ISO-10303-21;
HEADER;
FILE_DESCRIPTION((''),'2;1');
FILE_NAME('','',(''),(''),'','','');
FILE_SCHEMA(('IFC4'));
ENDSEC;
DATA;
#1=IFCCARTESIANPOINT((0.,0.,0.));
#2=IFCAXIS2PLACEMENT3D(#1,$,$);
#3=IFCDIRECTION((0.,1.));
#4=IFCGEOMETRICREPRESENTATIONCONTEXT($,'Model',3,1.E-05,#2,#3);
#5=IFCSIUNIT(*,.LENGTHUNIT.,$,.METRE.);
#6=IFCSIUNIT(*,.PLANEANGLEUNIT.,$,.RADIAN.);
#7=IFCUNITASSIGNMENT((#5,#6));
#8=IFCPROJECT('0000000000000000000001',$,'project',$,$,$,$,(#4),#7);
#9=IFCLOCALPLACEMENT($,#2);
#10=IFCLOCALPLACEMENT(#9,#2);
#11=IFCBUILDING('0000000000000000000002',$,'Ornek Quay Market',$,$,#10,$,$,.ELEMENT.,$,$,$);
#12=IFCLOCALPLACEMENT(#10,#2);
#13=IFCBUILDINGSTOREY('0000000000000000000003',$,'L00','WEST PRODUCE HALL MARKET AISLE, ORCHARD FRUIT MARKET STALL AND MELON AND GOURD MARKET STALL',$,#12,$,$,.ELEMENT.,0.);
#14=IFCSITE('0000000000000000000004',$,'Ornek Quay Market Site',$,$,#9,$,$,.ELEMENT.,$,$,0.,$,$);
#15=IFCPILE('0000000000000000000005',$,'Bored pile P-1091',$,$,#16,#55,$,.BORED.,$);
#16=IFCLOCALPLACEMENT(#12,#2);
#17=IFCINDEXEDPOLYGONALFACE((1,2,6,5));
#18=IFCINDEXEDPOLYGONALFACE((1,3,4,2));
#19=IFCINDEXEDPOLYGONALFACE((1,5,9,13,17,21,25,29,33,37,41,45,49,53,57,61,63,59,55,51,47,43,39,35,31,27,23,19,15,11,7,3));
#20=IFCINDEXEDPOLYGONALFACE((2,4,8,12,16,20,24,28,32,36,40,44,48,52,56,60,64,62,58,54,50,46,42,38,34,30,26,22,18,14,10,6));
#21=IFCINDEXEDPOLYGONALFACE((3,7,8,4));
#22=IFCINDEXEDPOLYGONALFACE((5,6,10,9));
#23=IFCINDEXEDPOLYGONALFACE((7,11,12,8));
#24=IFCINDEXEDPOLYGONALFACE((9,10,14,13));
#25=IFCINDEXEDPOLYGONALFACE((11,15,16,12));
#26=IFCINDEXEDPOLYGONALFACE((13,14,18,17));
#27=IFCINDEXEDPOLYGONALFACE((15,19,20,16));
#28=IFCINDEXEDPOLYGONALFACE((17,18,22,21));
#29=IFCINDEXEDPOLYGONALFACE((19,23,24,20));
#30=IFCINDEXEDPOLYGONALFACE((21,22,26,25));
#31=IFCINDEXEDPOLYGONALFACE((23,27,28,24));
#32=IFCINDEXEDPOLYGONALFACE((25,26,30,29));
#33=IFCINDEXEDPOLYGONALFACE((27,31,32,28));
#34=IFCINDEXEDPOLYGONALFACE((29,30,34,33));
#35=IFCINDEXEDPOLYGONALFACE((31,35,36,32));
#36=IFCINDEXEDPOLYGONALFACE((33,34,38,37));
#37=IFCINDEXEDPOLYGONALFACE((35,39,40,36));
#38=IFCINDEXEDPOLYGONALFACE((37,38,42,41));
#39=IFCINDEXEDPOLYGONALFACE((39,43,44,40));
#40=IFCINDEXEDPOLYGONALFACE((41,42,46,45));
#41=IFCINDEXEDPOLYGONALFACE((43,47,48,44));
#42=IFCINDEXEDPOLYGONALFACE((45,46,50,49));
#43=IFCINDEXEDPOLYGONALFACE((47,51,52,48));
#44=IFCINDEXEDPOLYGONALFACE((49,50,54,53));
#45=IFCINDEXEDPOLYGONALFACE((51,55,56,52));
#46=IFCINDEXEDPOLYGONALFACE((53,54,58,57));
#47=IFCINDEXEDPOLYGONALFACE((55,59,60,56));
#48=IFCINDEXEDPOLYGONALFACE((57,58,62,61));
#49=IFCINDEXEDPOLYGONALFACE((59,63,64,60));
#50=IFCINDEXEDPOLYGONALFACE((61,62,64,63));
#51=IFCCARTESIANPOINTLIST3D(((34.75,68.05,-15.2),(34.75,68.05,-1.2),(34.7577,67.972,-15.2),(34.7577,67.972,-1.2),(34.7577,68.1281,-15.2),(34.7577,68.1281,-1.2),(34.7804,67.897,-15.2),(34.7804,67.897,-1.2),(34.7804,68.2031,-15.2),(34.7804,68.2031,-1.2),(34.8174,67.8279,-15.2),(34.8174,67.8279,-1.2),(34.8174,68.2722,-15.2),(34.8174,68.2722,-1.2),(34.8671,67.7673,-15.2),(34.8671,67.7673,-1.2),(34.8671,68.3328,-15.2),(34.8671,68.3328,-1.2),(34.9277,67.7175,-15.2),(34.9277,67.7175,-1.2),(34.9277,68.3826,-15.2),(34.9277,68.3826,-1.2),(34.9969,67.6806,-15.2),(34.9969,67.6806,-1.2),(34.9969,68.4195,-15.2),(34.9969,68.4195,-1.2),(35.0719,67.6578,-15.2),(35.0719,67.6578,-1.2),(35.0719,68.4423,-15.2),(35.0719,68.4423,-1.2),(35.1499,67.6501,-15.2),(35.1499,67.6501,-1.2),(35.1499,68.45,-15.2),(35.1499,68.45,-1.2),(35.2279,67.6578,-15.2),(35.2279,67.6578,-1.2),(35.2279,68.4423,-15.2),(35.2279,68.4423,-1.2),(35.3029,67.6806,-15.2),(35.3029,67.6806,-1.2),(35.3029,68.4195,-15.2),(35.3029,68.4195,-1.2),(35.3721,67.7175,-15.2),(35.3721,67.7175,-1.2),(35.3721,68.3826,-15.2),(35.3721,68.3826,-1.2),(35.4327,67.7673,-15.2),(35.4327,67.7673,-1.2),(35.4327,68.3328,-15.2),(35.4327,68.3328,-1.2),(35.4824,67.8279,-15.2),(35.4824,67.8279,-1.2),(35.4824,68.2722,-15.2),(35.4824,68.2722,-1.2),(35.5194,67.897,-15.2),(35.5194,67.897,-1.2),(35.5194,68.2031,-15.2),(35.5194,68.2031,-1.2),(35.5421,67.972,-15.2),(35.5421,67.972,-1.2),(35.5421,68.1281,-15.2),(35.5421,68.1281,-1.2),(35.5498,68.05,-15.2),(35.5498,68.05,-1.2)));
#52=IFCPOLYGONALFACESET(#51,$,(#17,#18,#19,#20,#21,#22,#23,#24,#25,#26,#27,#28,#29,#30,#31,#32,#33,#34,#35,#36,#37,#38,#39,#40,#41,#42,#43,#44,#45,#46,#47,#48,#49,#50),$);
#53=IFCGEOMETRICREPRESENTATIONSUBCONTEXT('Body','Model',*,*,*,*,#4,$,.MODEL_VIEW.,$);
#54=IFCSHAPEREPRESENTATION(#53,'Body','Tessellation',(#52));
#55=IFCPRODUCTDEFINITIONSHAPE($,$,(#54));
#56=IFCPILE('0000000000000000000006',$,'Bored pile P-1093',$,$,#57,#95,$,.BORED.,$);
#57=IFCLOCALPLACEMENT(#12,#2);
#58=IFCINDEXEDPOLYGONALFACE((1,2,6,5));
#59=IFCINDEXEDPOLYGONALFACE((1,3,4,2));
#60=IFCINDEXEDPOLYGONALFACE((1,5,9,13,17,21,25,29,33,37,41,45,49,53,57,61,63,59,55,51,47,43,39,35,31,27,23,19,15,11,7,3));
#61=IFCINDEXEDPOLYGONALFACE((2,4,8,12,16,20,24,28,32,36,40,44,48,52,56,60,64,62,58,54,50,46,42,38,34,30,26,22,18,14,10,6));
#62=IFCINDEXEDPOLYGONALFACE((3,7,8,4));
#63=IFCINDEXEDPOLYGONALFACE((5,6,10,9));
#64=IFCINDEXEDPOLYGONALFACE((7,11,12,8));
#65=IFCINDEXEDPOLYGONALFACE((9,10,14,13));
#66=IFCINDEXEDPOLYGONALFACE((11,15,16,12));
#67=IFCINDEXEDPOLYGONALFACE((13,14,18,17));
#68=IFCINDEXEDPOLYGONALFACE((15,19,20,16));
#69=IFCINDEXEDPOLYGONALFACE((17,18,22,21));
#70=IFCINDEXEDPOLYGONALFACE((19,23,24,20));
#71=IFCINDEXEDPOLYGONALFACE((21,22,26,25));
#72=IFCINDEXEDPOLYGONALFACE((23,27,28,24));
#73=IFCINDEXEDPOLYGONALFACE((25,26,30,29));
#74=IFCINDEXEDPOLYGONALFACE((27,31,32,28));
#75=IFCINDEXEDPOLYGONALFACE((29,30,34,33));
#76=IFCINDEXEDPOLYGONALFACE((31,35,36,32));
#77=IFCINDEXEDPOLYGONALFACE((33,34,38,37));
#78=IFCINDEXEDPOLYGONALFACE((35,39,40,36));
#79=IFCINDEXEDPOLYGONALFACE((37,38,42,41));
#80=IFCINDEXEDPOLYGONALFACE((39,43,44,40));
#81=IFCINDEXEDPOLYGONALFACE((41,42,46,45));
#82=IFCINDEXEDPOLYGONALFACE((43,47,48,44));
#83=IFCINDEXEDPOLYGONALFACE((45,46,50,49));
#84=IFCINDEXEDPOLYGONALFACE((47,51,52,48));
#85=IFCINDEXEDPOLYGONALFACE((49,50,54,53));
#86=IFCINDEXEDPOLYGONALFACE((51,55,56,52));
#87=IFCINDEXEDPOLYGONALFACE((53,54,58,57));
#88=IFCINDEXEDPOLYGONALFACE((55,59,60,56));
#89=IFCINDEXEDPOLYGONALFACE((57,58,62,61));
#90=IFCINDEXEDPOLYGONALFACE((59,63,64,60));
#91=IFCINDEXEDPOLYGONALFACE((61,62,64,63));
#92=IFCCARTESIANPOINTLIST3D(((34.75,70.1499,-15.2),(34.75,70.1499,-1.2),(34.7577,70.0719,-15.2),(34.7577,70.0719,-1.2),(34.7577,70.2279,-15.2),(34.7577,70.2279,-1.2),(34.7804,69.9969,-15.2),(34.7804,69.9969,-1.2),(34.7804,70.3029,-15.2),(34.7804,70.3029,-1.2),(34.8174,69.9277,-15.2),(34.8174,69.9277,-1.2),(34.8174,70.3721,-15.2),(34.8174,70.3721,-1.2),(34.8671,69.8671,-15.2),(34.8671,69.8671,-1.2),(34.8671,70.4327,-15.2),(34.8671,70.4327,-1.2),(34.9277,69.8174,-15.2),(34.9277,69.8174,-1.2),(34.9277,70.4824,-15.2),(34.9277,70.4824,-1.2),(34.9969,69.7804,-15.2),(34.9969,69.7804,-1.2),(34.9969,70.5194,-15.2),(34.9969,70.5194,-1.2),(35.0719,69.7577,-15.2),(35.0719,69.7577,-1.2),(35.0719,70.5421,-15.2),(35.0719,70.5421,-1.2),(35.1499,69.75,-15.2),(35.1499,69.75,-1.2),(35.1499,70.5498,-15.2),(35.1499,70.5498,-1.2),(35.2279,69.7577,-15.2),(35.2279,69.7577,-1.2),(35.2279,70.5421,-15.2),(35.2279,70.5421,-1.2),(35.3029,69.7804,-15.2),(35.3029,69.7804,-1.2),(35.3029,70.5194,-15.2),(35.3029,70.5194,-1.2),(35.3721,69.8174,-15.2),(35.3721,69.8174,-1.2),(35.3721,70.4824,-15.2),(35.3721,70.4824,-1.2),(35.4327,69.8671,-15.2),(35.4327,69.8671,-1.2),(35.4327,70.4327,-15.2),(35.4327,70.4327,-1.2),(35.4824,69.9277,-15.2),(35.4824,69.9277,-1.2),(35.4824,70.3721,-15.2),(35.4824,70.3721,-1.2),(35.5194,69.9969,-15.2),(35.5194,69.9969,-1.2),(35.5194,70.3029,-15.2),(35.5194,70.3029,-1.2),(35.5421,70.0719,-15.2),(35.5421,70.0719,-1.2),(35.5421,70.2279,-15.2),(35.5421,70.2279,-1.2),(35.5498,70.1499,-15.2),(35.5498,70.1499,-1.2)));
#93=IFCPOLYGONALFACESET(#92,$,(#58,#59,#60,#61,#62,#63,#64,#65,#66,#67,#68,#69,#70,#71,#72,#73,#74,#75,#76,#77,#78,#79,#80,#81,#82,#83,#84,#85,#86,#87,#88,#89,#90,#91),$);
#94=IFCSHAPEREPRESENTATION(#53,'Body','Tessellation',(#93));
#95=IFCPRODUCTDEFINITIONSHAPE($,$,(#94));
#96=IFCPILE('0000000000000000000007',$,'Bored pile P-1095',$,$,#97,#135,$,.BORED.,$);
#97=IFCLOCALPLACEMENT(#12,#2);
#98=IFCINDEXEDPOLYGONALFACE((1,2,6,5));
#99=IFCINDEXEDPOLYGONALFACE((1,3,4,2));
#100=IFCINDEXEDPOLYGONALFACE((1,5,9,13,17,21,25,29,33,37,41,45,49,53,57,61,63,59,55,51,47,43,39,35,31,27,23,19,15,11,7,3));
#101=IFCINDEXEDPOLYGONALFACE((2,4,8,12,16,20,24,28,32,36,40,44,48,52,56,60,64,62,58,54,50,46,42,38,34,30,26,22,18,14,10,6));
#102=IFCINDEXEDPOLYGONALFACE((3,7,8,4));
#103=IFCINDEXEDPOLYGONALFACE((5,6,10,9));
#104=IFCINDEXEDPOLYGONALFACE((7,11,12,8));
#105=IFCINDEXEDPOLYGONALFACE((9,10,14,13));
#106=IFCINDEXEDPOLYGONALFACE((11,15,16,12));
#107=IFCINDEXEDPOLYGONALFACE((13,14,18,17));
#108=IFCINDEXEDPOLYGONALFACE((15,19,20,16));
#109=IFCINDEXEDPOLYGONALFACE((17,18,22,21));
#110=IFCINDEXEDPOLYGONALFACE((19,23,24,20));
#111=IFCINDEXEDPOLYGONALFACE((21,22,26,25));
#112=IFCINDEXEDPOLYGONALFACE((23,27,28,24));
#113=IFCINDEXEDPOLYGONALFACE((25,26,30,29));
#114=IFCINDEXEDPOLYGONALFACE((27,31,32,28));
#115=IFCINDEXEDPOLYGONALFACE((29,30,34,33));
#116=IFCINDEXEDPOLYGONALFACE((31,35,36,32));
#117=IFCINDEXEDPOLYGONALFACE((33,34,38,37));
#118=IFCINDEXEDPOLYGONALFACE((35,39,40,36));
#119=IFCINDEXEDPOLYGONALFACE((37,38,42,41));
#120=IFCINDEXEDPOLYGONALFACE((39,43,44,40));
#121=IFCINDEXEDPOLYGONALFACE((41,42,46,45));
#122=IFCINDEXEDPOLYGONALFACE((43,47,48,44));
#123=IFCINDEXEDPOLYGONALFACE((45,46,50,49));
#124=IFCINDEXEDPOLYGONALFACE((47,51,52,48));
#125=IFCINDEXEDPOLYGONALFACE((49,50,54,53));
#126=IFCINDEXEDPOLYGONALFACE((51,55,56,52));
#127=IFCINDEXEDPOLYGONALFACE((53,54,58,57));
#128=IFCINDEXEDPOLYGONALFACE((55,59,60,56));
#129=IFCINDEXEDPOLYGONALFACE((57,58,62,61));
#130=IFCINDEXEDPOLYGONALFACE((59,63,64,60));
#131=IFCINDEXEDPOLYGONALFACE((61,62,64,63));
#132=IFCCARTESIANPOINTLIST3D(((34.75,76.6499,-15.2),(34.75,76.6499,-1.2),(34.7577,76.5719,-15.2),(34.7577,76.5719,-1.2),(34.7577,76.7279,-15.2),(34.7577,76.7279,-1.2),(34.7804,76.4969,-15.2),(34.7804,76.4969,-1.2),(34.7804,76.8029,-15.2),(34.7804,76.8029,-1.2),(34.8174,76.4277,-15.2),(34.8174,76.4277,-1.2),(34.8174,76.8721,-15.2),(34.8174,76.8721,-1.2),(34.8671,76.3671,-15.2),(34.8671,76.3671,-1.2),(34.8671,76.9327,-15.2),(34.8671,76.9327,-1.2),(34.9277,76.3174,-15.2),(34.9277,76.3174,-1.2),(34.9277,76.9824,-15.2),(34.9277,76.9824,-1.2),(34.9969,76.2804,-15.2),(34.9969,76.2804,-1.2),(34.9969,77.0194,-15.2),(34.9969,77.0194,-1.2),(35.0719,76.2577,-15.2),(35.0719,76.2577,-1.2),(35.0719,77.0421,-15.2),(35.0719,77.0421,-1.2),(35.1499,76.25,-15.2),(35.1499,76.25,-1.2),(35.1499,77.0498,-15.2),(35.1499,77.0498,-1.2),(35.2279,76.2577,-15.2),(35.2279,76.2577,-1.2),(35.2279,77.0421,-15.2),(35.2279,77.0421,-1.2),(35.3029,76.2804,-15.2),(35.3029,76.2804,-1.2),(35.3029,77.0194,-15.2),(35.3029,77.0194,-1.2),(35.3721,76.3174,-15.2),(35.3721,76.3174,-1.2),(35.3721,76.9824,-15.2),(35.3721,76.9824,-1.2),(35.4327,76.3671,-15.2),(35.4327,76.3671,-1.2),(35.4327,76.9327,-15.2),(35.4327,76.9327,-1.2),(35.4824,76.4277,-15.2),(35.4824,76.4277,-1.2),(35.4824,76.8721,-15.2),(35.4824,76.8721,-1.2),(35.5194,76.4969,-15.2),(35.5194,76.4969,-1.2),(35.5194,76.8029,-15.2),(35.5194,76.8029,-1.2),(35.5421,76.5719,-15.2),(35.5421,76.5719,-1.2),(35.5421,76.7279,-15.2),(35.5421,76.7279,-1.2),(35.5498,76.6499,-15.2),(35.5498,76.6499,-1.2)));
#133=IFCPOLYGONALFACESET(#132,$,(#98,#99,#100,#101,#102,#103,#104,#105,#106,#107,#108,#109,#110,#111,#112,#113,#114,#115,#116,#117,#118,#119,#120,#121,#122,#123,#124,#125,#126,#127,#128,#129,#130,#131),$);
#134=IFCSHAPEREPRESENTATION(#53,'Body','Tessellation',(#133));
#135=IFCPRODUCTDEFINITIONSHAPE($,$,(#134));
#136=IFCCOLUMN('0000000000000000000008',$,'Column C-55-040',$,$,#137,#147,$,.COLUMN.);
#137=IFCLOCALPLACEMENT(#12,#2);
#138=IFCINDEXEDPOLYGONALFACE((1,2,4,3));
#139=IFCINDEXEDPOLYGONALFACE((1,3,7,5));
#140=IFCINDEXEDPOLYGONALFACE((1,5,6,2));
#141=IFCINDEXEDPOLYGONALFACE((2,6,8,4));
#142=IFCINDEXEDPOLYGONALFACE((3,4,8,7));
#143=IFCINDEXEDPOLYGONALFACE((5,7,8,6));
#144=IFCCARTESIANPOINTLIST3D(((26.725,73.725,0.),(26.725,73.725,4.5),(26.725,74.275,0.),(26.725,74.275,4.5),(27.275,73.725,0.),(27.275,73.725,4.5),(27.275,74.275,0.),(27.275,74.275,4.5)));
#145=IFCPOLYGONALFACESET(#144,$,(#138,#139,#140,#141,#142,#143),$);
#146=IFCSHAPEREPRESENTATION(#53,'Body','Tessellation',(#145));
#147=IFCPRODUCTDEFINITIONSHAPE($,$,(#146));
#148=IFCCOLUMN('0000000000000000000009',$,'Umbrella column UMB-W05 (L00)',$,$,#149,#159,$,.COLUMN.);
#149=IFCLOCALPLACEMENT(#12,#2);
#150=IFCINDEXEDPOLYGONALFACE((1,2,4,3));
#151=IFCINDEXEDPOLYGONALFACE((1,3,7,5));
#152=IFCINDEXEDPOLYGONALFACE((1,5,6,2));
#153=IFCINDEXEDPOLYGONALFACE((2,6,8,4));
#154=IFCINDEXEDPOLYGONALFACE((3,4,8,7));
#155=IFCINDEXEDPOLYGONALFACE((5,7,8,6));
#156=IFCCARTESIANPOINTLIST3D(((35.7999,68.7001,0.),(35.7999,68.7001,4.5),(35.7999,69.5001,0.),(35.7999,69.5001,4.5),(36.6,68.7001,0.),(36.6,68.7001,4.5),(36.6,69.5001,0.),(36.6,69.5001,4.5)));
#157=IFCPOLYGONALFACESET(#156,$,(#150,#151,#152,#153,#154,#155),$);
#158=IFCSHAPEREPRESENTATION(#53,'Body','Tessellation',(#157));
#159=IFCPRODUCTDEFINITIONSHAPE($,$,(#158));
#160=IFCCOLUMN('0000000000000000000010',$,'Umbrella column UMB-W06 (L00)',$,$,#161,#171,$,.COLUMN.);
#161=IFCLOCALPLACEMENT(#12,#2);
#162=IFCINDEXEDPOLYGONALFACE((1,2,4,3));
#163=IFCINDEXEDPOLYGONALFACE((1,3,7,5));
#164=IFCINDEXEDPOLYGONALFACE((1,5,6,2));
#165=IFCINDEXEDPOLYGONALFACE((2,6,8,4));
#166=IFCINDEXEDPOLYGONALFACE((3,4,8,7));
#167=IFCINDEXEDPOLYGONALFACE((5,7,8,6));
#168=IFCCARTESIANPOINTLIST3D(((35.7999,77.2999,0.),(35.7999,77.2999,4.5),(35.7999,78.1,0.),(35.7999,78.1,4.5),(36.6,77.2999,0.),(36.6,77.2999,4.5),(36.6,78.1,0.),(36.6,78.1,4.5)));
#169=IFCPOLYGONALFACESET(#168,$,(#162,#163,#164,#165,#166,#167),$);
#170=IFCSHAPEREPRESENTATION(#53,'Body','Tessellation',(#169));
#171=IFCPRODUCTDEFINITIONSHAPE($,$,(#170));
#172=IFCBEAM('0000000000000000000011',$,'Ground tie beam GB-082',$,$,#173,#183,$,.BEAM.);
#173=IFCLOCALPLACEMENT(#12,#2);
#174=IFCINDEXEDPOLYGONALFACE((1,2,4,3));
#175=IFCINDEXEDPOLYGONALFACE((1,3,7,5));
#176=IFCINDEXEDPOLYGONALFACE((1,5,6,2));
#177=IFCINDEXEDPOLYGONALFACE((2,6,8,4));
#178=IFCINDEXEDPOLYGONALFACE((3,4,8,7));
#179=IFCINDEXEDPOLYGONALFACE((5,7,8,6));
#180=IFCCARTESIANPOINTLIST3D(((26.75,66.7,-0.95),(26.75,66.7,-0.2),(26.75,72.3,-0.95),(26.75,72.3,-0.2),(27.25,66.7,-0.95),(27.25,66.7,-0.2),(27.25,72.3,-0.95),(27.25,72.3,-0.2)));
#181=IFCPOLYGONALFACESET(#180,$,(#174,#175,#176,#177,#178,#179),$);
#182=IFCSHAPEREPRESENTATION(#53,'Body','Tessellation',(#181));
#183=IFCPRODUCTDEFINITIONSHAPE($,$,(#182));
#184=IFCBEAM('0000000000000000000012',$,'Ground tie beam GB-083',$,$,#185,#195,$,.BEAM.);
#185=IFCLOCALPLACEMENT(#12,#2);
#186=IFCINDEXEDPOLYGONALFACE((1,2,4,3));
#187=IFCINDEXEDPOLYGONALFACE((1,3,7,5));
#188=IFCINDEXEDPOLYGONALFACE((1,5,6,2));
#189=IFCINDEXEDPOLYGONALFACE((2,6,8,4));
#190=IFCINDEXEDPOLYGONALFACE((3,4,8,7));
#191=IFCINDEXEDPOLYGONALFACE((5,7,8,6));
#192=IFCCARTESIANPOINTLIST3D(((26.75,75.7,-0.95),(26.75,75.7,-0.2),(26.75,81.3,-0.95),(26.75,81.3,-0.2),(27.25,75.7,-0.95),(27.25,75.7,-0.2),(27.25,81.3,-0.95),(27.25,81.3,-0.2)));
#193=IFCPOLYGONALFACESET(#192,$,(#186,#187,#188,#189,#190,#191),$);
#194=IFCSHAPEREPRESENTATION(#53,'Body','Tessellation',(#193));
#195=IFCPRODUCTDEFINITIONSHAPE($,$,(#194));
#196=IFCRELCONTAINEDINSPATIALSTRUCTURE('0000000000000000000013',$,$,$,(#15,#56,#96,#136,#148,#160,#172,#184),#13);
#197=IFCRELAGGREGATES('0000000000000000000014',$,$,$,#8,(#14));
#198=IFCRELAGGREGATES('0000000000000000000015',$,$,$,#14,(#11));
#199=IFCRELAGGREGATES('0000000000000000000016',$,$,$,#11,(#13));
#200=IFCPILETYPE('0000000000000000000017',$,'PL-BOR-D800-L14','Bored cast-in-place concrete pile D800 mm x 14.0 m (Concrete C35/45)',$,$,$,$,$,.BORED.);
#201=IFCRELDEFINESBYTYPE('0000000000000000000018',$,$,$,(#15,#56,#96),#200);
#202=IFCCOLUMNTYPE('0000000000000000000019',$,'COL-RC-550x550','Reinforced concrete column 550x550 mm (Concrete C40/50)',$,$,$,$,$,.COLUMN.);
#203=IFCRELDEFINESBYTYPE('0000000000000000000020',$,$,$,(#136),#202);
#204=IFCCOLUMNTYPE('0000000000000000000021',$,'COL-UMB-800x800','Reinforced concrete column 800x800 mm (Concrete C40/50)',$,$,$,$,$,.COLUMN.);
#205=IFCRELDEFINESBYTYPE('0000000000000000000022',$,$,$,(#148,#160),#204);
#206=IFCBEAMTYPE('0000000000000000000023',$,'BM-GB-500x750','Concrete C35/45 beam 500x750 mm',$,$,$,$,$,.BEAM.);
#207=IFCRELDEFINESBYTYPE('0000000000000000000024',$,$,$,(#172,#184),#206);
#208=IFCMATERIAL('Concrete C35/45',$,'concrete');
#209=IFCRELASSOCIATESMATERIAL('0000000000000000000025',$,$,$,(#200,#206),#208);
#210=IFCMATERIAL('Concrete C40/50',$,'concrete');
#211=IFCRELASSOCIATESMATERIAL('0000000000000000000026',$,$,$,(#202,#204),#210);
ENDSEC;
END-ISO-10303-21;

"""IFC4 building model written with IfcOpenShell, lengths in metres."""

from ifc_helpers import new_model, si_unit, direction, frame, origin, origin_2d, place, context, subcontext, project, spatial, rectangle, circle, extrude, material, material_profile, profile_set, type_object, element, save


model = new_model("IFC4")

# Units and contexts
model_context = context("Model", 3, precision=1e-05, world=origin(), true_north=direction((0.0, 1.0)))
body_context = subcontext(model_context, "Body", "Model", "MODEL_VIEW")
ifc_project = project(units=[si_unit("LENGTHUNIT", "METRE"), si_unit("PLANEANGLEUNIT", "RADIAN")], contexts=[model_context])

# Site, building, storey
site_placement = place(None, origin())
site = spatial("IfcSite", under=ifc_project, at=site_placement, Name="Ornek Quay Market Site", CompositionType="ELEMENT", RefElevation=0.0)
building_placement = place(site_placement, origin())
building = spatial("IfcBuilding", under=site, at=building_placement, Name="Ornek Quay Market", CompositionType="ELEMENT")
storey_placement = place(building_placement, origin())
storey = spatial("IfcBuildingStorey", under=building, at=storey_placement, Name="L00", Description="WEST PRODUCE HALL MARKET AISLE, ORCHARD FRUIT MARKET STALL AND MELON AND GOURD MARKET STALL", CompositionType="ELEMENT", Elevation=0.0)

# Piles
ifc_material_1 = material(Name="Concrete C35/45", Category="concrete")
ifc_material_profile_1 = material_profile(ifc_material_1, circle(Radius=0.3999, at=origin_2d()), Name="PILE D800", Category="concrete")
ifc_profile_set_1 = profile_set([ifc_material_profile_1], Name="Concrete C35/45")
pile_type_1 = type_object("IfcPileType", Name="PL-BOR-D800-L14", Description="Bored cast-in-place concrete pile D800 mm x 14.0 m (Concrete C35/45)", PredefinedType="BORED", material=ifc_profile_set_1)
for number, where, z_axis, x_axis, name in (
    (1, (35.1499, 68.05, -1.2), (0.0, 0.0, -1.0), (1.0, 0.0, 0.0), "Bored pile P-1091"),
    (2, (35.1499, 70.1499, -1.2), (0.0, 0.0, -1.0), (1.0, 0.0, 0.0), "Bored pile P-1093"),
    (3, (35.1499, 76.6499, -1.2), (0.0, 0.0, -1.0), (1.0, 0.0, 0.0), "Bored pile P-1095"),
):
    element("IfcPile", number, at=place(storey_placement, frame(where, z_axis=z_axis, x_axis=x_axis)), inside=storey, type_object=pile_type_1, Name=name, PredefinedType="BORED", context=body_context, shape_type="SweptSolid", body=[
        extrude(circle(Radius=0.3999, at=origin_2d()), origin(), (0.0, 0.0, 1.0), 14.0),
    ])

# Columns
ifc_material_2 = material(Name="Concrete C40/50", Category="concrete")
ifc_material_profile_2 = material_profile(ifc_material_2, rectangle(XDim=0.55, YDim=0.55, at=origin_2d()), Name="RC 550x550", Category="concrete")
ifc_profile_set_2 = profile_set([ifc_material_profile_2], Name="Concrete C40/50")
column_type_1 = type_object("IfcColumnType", Name="COL-RC-550x550", Description="Reinforced concrete column 550x550 mm (Concrete C40/50)", PredefinedType="COLUMN", material=ifc_profile_set_2)
column_placement = place(storey_placement, frame((27.0, 74.0, 0.0), z_axis=(0.0, 0.0, 1.0), x_axis=(1.0, 0.0, 0.0)))
element("IfcColumn", 4, at=column_placement, inside=storey, type_object=column_type_1, Name="Column C-55-040", PredefinedType="COLUMN", context=body_context, shape_type="SweptSolid", body=[
    extrude(rectangle(XDim=0.55, YDim=0.55, at=origin_2d()), origin(), (0.0, 0.0, 1.0), 4.5),
])
ifc_material_profile_3 = material_profile(ifc_material_2, rectangle(XDim=0.8, YDim=0.8, at=origin_2d()), Name="RC 800x800", Category="concrete")
ifc_profile_set_3 = profile_set([ifc_material_profile_3], Name="Concrete C40/50")
column_type_2 = type_object("IfcColumnType", Name="COL-UMB-800x800", Description="Reinforced concrete column 800x800 mm (Concrete C40/50)", PredefinedType="COLUMN", material=ifc_profile_set_3)
for number, where, z_axis, x_axis, name in (
    (5, (36.2, 69.1001, 0.0), (0.0, 0.0, 1.0), (1.0, 0.0, 0.0), "Umbrella column UMB-W05 (L00)"),
    (6, (36.2, 77.7, 0.0), (0.0, 0.0, 1.0), (1.0, 0.0, 0.0), "Umbrella column UMB-W06 (L00)"),
):
    element("IfcColumn", number, at=place(storey_placement, frame(where, z_axis=z_axis, x_axis=x_axis)), inside=storey, type_object=column_type_2, Name=name, PredefinedType="COLUMN", context=body_context, shape_type="SweptSolid", body=[
        extrude(rectangle(XDim=0.8, YDim=0.8, at=origin_2d()), origin(), (0.0, 0.0, 1.0), 4.5),
    ])

# Beams
ifc_material_profile_4 = material_profile(ifc_material_1, rectangle(XDim=0.5, YDim=0.75, at=origin_2d()), Name="RC 500x750", Category="concrete")
ifc_profile_set_4 = profile_set([ifc_material_profile_4], Name="Concrete C35/45")
beam_type_1 = type_object("IfcBeamType", Name="BM-GB-500x750", Description="Concrete C35/45 beam 500x750 mm", PredefinedType="BEAM", material=ifc_profile_set_4)
for number, where, z_axis, x_axis, name in (
    (7, (27.0, 66.7, -0.575), (0.0, 1.0, 0.0), (-1.0, 0.0, 0.0), "Ground tie beam GB-082"),
    (8, (27.0, 75.7, -0.575), (0.0, 1.0, 0.0), (-1.0, 0.0, 0.0), "Ground tie beam GB-083"),
):
    element("IfcBeam", number, at=place(storey_placement, frame(where, z_axis=z_axis, x_axis=x_axis)), inside=storey, type_object=beam_type_1, Name=name, PredefinedType="BEAM", context=body_context, shape_type="SweptSolid", body=[
        extrude(rectangle(XDim=0.5, YDim=0.75, at=origin_2d()), origin(), (0.0, 0.0, 1.0), 5.6001),
    ])

save(model, "model.ifc")
